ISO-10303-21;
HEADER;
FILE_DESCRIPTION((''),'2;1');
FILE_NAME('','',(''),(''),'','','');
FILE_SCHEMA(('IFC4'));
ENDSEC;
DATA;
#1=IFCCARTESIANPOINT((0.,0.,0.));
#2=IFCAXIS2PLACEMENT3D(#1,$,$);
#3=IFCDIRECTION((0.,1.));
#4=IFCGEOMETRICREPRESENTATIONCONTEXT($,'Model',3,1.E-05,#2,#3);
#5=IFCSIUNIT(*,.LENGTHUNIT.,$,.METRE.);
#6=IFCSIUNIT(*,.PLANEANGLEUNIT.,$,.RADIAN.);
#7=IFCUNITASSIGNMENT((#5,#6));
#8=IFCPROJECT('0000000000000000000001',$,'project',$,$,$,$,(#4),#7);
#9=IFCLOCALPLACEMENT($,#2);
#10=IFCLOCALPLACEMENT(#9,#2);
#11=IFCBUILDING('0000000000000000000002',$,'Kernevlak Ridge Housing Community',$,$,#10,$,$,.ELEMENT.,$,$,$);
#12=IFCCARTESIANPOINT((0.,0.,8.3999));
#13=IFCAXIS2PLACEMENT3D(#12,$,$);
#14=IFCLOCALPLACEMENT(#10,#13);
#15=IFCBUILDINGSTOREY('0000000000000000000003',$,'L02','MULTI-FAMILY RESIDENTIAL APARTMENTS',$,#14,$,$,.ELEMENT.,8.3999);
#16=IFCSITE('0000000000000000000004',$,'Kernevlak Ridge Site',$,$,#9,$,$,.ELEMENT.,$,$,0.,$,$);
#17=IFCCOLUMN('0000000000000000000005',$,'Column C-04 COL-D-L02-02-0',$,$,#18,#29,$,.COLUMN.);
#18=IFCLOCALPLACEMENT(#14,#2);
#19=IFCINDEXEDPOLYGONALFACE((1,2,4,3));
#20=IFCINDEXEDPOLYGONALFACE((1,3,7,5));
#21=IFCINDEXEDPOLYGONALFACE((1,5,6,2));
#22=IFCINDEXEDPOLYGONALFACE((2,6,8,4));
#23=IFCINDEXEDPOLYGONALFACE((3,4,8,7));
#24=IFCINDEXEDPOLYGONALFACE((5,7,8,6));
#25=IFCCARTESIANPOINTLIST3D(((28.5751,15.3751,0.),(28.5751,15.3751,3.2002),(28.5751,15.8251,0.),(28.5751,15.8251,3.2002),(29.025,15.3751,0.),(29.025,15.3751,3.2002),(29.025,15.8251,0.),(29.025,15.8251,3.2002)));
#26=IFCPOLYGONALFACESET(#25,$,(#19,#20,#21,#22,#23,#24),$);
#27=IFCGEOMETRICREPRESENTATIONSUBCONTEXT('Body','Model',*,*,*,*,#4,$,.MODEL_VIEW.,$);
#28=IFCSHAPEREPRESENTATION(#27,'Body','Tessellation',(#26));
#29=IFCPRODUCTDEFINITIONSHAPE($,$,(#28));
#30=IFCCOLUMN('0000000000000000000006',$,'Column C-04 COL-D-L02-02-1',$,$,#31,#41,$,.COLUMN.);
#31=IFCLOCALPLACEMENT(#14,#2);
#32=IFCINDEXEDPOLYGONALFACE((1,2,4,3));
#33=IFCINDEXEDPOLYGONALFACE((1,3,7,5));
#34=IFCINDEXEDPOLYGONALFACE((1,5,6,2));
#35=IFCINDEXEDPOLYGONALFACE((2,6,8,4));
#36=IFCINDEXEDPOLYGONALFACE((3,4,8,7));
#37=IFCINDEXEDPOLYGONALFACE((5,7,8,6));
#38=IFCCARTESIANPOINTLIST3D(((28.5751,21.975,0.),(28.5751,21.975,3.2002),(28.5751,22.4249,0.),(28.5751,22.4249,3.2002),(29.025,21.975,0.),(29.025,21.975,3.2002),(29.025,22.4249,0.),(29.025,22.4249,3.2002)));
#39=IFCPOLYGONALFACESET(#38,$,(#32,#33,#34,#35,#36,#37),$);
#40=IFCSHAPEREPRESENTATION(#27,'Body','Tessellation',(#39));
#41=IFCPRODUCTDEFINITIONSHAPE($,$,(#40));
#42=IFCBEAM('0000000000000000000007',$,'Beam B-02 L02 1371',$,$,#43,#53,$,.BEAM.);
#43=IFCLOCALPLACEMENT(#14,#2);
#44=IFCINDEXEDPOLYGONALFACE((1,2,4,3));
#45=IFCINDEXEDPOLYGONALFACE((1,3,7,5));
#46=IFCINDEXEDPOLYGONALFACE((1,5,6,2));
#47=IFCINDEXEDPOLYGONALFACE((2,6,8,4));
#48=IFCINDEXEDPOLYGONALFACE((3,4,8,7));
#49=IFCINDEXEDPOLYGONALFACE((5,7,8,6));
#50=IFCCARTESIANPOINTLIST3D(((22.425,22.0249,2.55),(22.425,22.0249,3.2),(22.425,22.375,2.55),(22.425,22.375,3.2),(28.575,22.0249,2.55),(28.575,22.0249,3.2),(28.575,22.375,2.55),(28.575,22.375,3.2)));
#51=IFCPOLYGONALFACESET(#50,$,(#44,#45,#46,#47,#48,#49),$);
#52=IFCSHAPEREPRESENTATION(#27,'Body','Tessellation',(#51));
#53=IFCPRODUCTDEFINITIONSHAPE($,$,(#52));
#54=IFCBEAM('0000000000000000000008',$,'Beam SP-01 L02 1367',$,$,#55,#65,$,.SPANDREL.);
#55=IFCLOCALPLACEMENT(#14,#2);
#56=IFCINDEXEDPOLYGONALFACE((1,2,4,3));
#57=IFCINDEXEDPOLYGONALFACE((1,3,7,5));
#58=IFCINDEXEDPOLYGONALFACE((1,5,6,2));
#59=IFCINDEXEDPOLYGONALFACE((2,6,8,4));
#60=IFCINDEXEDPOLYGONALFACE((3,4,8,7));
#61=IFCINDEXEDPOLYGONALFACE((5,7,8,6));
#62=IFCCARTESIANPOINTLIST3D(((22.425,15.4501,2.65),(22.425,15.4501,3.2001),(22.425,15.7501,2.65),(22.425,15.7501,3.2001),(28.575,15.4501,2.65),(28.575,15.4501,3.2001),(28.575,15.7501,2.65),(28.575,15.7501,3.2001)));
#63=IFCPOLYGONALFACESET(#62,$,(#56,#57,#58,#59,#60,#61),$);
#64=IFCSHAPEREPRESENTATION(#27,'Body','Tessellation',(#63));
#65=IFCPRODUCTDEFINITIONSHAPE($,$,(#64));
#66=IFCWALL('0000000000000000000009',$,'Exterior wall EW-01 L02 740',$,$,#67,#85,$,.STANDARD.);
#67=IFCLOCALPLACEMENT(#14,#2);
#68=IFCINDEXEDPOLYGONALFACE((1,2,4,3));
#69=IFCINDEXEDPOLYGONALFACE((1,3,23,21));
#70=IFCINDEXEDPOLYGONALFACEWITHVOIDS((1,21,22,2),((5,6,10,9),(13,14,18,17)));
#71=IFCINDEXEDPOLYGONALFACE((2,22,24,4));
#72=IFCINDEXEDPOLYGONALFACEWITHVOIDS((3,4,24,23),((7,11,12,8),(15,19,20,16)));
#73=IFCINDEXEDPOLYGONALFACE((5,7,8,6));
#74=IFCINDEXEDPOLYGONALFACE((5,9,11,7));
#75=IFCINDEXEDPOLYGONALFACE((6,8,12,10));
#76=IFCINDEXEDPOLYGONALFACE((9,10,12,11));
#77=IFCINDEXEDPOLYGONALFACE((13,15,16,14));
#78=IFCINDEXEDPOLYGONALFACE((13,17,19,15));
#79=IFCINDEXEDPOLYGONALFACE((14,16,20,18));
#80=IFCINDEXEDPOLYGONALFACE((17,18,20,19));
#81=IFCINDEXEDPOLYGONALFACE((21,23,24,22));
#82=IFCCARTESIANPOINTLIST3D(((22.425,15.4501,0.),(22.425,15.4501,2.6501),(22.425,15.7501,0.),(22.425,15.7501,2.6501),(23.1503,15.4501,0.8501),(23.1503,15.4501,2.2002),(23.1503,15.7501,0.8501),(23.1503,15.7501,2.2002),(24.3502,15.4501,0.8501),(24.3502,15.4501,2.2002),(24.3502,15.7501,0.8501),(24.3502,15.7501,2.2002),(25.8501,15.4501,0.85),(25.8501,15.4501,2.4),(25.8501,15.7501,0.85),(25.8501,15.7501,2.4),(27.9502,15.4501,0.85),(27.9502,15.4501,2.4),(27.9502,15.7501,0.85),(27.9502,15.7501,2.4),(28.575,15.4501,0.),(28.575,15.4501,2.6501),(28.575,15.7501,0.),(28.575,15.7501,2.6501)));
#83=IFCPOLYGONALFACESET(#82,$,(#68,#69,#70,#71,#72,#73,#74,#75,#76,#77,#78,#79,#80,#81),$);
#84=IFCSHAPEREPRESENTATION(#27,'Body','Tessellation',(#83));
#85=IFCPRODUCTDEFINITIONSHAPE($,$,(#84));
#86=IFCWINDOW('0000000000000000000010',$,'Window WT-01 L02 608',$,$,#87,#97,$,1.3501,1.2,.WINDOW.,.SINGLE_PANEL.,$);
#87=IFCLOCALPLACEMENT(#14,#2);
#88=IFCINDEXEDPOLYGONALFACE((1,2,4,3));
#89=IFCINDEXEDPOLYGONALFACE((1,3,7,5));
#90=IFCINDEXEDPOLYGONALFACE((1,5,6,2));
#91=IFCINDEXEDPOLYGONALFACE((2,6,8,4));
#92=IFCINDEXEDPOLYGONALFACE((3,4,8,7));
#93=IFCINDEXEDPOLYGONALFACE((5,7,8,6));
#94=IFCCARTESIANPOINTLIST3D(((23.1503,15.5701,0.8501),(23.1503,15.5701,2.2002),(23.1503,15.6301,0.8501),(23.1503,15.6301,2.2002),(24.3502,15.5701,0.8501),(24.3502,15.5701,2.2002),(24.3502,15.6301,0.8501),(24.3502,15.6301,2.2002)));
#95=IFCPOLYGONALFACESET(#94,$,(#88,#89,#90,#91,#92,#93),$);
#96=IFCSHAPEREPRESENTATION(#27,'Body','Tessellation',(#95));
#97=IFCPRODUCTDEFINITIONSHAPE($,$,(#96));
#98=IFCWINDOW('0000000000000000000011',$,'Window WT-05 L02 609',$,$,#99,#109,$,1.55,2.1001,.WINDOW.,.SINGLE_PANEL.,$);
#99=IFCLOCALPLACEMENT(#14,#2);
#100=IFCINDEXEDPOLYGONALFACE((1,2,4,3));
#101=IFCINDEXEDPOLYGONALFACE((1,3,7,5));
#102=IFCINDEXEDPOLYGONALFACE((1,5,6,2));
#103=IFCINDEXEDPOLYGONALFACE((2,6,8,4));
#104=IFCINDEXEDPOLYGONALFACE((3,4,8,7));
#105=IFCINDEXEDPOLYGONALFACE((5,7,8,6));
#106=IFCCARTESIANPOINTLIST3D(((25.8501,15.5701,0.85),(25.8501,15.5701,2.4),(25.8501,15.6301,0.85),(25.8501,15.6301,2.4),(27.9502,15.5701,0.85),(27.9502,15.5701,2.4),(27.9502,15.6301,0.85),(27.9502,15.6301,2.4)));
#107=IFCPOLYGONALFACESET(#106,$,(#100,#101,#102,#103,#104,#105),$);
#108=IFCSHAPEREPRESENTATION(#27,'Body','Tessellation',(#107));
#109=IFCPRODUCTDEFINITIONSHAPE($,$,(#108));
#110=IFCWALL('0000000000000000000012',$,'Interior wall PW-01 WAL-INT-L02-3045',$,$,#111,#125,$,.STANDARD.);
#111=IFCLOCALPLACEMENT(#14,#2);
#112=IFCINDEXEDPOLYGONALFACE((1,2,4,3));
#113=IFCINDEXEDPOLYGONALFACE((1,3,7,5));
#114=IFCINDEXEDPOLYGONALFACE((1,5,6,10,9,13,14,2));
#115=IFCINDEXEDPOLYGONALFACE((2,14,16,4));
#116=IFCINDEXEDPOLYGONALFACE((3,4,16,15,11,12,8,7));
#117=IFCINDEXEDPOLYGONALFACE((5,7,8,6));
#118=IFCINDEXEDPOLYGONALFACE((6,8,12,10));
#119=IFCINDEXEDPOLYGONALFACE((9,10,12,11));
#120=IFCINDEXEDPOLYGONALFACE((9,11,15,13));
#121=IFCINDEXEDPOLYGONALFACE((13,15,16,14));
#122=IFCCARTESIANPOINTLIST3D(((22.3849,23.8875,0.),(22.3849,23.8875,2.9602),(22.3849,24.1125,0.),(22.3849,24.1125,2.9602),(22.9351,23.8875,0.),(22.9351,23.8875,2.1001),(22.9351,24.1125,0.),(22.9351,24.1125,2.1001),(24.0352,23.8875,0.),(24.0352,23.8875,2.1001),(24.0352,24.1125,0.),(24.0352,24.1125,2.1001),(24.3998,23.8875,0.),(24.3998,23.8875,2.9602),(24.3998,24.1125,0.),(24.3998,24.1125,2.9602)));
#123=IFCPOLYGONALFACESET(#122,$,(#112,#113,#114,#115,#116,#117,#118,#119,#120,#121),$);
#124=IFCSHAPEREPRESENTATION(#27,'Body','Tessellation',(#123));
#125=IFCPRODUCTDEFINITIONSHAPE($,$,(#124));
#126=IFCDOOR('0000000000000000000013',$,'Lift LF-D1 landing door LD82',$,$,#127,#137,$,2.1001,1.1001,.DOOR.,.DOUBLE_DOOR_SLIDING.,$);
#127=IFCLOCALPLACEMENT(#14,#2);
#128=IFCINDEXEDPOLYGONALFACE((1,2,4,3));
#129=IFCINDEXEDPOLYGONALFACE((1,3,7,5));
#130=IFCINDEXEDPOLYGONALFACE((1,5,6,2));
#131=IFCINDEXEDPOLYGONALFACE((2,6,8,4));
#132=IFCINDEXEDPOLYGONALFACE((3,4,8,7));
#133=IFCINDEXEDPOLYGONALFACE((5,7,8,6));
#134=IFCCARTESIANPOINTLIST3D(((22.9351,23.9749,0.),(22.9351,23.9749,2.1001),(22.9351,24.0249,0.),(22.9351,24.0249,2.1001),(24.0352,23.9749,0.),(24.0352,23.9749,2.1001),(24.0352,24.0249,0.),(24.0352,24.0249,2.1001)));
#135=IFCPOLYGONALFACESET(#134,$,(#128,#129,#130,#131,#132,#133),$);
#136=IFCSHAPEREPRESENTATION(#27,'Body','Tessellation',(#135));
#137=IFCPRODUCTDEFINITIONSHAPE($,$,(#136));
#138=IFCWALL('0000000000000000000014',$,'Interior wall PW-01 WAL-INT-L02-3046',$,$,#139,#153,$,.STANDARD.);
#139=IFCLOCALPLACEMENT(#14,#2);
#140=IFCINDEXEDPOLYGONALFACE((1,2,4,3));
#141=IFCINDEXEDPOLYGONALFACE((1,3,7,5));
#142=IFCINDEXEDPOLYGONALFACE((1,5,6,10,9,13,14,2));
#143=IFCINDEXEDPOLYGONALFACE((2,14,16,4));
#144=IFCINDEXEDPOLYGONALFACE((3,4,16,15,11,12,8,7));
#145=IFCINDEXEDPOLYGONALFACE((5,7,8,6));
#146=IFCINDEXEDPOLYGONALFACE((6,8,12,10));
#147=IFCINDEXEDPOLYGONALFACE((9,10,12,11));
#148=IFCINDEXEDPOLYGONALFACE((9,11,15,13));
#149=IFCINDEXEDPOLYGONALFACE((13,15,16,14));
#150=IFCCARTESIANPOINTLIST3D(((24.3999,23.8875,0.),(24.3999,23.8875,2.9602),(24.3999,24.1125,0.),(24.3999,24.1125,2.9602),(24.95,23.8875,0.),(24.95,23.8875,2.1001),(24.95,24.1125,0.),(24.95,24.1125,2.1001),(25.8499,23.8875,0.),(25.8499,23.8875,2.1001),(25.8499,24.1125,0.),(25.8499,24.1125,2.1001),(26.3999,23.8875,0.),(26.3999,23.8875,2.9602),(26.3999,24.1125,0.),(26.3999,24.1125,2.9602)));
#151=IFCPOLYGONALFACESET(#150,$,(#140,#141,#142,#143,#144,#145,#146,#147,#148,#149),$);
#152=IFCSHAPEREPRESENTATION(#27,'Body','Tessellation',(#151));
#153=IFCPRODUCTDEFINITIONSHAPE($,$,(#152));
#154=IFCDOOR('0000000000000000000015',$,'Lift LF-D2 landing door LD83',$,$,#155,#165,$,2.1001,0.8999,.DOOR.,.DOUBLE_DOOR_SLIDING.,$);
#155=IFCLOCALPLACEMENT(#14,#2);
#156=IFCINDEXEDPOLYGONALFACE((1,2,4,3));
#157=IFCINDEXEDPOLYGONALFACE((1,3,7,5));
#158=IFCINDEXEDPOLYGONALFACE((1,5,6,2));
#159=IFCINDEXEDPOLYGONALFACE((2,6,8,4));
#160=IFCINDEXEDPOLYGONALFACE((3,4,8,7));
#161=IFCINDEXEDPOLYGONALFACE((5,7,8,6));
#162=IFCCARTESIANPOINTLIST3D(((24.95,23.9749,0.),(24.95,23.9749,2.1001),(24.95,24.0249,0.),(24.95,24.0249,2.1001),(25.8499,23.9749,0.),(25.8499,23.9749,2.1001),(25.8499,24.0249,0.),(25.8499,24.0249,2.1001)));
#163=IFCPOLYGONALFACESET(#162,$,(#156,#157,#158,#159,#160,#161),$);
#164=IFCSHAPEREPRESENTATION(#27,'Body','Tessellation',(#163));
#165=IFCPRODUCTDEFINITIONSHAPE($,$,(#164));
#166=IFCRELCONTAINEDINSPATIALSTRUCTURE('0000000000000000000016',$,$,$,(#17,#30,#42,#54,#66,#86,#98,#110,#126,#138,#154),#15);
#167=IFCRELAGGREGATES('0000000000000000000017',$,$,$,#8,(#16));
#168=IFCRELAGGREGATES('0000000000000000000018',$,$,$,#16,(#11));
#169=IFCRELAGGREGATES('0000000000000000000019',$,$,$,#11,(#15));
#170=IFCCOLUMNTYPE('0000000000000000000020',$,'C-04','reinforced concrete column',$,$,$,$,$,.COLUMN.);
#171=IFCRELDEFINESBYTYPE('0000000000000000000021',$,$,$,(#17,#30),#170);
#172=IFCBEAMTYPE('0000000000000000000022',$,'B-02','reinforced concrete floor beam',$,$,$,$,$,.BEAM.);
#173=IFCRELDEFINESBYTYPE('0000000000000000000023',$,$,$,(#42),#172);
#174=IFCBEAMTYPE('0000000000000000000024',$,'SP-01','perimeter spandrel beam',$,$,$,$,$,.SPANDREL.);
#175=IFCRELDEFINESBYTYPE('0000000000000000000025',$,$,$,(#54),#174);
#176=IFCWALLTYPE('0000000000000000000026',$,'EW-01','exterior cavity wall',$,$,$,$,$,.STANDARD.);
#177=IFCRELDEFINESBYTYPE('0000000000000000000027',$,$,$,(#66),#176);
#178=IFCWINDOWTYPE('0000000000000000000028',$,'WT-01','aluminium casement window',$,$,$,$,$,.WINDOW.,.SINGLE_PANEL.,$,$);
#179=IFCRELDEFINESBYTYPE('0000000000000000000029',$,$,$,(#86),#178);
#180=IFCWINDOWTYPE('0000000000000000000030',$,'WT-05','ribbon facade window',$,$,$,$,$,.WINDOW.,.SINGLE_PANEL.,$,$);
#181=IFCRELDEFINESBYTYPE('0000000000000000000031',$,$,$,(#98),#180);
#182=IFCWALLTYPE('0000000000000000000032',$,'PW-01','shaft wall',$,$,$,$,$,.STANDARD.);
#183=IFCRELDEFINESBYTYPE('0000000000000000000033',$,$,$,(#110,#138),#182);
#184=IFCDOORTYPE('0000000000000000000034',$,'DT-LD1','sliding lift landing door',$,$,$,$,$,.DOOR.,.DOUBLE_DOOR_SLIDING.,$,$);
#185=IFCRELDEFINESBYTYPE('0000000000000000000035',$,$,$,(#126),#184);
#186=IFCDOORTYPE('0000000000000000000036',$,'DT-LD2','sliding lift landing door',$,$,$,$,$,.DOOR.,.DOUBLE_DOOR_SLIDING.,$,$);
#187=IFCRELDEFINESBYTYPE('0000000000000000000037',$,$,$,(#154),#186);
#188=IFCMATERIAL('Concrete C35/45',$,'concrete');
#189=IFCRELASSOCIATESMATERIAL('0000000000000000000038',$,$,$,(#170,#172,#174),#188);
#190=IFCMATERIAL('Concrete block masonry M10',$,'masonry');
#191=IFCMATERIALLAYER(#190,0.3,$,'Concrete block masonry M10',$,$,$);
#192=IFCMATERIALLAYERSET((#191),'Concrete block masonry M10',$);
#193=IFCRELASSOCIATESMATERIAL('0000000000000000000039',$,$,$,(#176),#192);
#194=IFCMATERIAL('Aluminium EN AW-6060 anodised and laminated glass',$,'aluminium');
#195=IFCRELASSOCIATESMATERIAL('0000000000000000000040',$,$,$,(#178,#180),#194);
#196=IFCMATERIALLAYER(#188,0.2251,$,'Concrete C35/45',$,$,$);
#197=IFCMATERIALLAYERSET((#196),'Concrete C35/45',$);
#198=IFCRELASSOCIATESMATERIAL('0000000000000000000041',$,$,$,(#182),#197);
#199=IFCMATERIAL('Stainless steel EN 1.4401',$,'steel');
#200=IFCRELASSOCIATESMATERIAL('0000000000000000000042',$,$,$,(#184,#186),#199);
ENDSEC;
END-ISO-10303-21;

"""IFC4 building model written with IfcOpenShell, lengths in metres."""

from ifc_helpers import new_model, si_unit, direction, frame, frame_2d, origin, origin_2d, place, context, subcontext, project, spatial, rectangle, extrude, material, layer, layer_set, material_profile, profile_set, type_object, element, fill, save


model = new_model("IFC4")

# Units and contexts
model_context = context("Model", 3, precision=1e-05, world=origin(), true_north=direction((0.0, 1.0)))
body_context = subcontext(model_context, "Body", "Model", "MODEL_VIEW")
ifc_project = project(units=[si_unit("LENGTHUNIT", "METRE"), si_unit("PLANEANGLEUNIT", "RADIAN")], contexts=[model_context])

# Site, building, storey
site_placement = place(None, origin())
site = spatial("IfcSite", under=ifc_project, at=site_placement, Name="Kernevlak Ridge Site", CompositionType="ELEMENT", RefElevation=0.0)
building_placement = place(site_placement, origin())
building = spatial("IfcBuilding", under=site, at=building_placement, Name="Kernevlak Ridge Housing Community", CompositionType="ELEMENT")
storey_placement = place(building_placement, frame((0.0, 0.0, 8.3999)))
storey = spatial("IfcBuildingStorey", under=building, at=storey_placement, Name="L02", Description="MULTI-FAMILY RESIDENTIAL APARTMENTS", CompositionType="ELEMENT", Elevation=8.3999)

# Columns
ifc_material_1 = material(Name="Concrete C35/45", Category="concrete")
ifc_material_profile_1 = material_profile(ifc_material_1, rectangle(XDim=0.45, YDim=0.45, at=origin_2d()), Name="RC 450x450")
ifc_profile_set_1 = profile_set([ifc_material_profile_1], Name="Concrete C35/45")
column_type = type_object("IfcColumnType", Name="C-04", Description="reinforced concrete column", PredefinedType="COLUMN", material=ifc_profile_set_1)
for number, where, z_axis, x_axis, name in (
    (1, (28.8, 15.6001, 0.0), (0.0, 0.0, 1.0), (1.0, 0.0, 0.0), "Column C-04 COL-D-L02-02-0"),
    (2, (28.8, 22.2, 0.0), (0.0, 0.0, 1.0), (1.0, 0.0, 0.0), "Column C-04 COL-D-L02-02-1"),
):
    element("IfcColumn", number, at=place(storey_placement, frame(where, z_axis=z_axis, x_axis=x_axis)), inside=storey, type_object=column_type, Name=name, PredefinedType="COLUMN", context=body_context, shape_type="SweptSolid", body=[
        extrude(rectangle(XDim=0.45, YDim=0.45, at=origin_2d()), origin(), (0.0, 0.0, 1.0), 3.2002),
    ])

# Beams
ifc_material_profile_2 = material_profile(ifc_material_1, rectangle(XDim=0.3501, YDim=0.6499, at=origin_2d()), Name="RC 350x650")
ifc_profile_set_2 = profile_set([ifc_material_profile_2], Name="Concrete C35/45")
beam_type_1 = type_object("IfcBeamType", Name="B-02", Description="reinforced concrete floor beam", PredefinedType="BEAM", material=ifc_profile_set_2)
beam_1_placement = place(storey_placement, frame((22.425, 22.2, 2.875), z_axis=(1.0, 0.0, 0.0), x_axis=(0.0, 1.0, 0.0)))
element("IfcBeam", 3, at=beam_1_placement, inside=storey, type_object=beam_type_1, Name="Beam B-02 L02 1371", PredefinedType="BEAM", context=body_context, shape_type="SweptSolid", body=[
    extrude(rectangle(XDim=0.3501, YDim=0.6499, at=origin_2d()), origin(), (0.0, 0.0, 1.0), 6.1499),
])
ifc_material_profile_3 = material_profile(ifc_material_1, rectangle(XDim=0.3, YDim=0.55, at=origin_2d()), Name="RC 300x550")
ifc_profile_set_3 = profile_set([ifc_material_profile_3], Name="Concrete C35/45")
beam_type_2 = type_object("IfcBeamType", Name="SP-01", Description="perimeter spandrel beam", PredefinedType="SPANDREL", material=ifc_profile_set_3)
beam_2_placement = place(storey_placement, frame((22.425, 15.6001, 2.925), z_axis=(1.0, 0.0, 0.0), x_axis=(0.0, 1.0, 0.0)))
element("IfcBeam", 4, at=beam_2_placement, inside=storey, type_object=beam_type_2, Name="Beam SP-01 L02 1367", PredefinedType="SPANDREL", context=body_context, shape_type="SweptSolid", body=[
    extrude(rectangle(XDim=0.3, YDim=0.55, at=origin_2d()), origin(), (0.0, 0.0, 1.0), 6.1499),
])

# Wall, openings, windows
ifc_material_2 = material(Name="Concrete block masonry M10", Category="masonry")
ifc_layer_1 = layer(ifc_material_2, 0.3, Name="Concrete block masonry M10")
ifc_layer_set_1 = layer_set([ifc_layer_1], Name="Concrete block masonry M10")
wall_type_1 = type_object("IfcWallType", Name="EW-01", Description="exterior cavity wall", PredefinedType="STANDARD", material=ifc_layer_set_1)
wall_1_placement = place(storey_placement, frame((22.425, 15.6001, 0.0), z_axis=(0.0, 0.0, 1.0), x_axis=(1.0, 0.0, 0.0)))
wall_1 = element("IfcWall", 5, at=wall_1_placement, inside=storey, type_object=wall_type_1, Name="Exterior wall EW-01 L02 740", PredefinedType="STANDARD", context=body_context, shape_type="SweptSolid", body=[
    extrude(rectangle(XDim=6.1499, YDim=0.3, at=frame_2d((3.075, 0.0))), origin(), (0.0, 0.0, 1.0), 2.6501),
])
opening_1_placement = place(wall_1_placement, frame((0.7251, 0.0, 0.8501)))
opening_1 = element("IfcOpeningElement", 6, at=opening_1_placement, cuts=wall_1, PredefinedType="OPENING", context=body_context, shape_type="SweptSolid", body=[
    extrude(rectangle(XDim=1.2, YDim=1.3501, at=frame_2d((0.6001, 0.675))), frame((0.0, 0.1599, 0.0), z_axis=(0.0, -1.0, 0.0), x_axis=(1.0, 0.0, 0.0)), (0.0, 0.0, 1.0), 0.3201),
])
opening_2_placement = place(wall_1_placement, frame((3.425, 0.0, 0.8501)))
opening_2 = element("IfcOpeningElement", 7, at=opening_2_placement, cuts=wall_1, PredefinedType="OPENING", context=body_context, shape_type="SweptSolid", body=[
    extrude(rectangle(XDim=2.1001, YDim=1.55, at=frame_2d((1.05, 0.7749))), frame((0.0, 0.1599, 0.0), z_axis=(0.0, -1.0, 0.0), x_axis=(1.0, 0.0, 0.0)), (0.0, 0.0, 1.0), 0.3201),
])
ifc_material_3 = material(Name="Aluminium EN AW-6060 anodised and laminated glass", Category="aluminium")
window_type_1 = type_object("IfcWindowType", Name="WT-01", Description="aluminium casement window", PartitioningType="SINGLE_PANEL", PredefinedType="WINDOW", material=ifc_material_3)
window_1_placement = place(opening_1_placement, origin())
window_1 = element("IfcWindow", 8, at=window_1_placement, inside=storey, type_object=window_type_1, Name="Window WT-01 L02 608", OverallHeight=1.3501, OverallWidth=1.2, PartitioningType="SINGLE_PANEL", PredefinedType="WINDOW", context=body_context, shape_type="SweptSolid", body=[
    extrude(rectangle(XDim=1.2, YDim=1.3501, at=frame_2d((0.6001, 0.675))), frame((0.0, 0.03, 0.0), z_axis=(0.0, -1.0, 0.0), x_axis=(1.0, 0.0, 0.0)), (0.0, 0.0, 1.0), 0.0601),
])
fill(opening_1, window_1)
window_type_2 = type_object("IfcWindowType", Name="WT-05", Description="ribbon facade window", PartitioningType="SINGLE_PANEL", PredefinedType="WINDOW", material=ifc_material_3)
window_2_placement = place(opening_2_placement, origin())
window_2 = element("IfcWindow", 9, at=window_2_placement, inside=storey, type_object=window_type_2, Name="Window WT-05 L02 609", OverallHeight=1.55, OverallWidth=2.1001, PartitioningType="SINGLE_PANEL", PredefinedType="WINDOW", context=body_context, shape_type="SweptSolid", body=[
    extrude(rectangle(XDim=2.1001, YDim=1.55, at=frame_2d((1.05, 0.7749))), frame((0.0, 0.03, 0.0), z_axis=(0.0, -1.0, 0.0), x_axis=(1.0, 0.0, 0.0)), (0.0, 0.0, 1.0), 0.0601),
])
fill(opening_2, window_2)

# Walls, openings, doors
ifc_layer_2 = layer(ifc_material_1, 0.2251, Name="Concrete C35/45")
ifc_layer_set_2 = layer_set([ifc_layer_2], Name="Concrete C35/45")
wall_type_2 = type_object("IfcWallType", Name="PW-01", Description="shaft wall", PredefinedType="STANDARD", material=ifc_layer_set_2)
wall_2_placement = place(storey_placement, frame((22.385, 24.0, 0.0), z_axis=(0.0, 0.0, 1.0), x_axis=(1.0, 0.0, 0.0)))
wall_2 = element("IfcWall", 10, at=wall_2_placement, inside=storey, type_object=wall_type_2, Name="Interior wall PW-01 WAL-INT-L02-3045", PredefinedType="STANDARD", context=body_context, shape_type="SweptSolid", body=[
    extrude(rectangle(XDim=2.0149, YDim=0.2251, at=frame_2d((1.0073, 0.0))), origin(), (0.0, 0.0, 1.0), 2.9602),
])
opening_3_placement = place(wall_2_placement, frame((0.55, 0.0, 0.0)))
opening_3 = element("IfcOpeningElement", 11, at=opening_3_placement, cuts=wall_2, PredefinedType="OPENING", context=body_context, shape_type="SweptSolid", body=[
    extrude(rectangle(XDim=1.1001, YDim=2.1001, at=frame_2d((0.55, 1.05))), frame((0.0, 0.1226, 0.0), z_axis=(0.0, -1.0, 0.0), x_axis=(1.0, 0.0, 0.0)), (0.0, 0.0, 1.0), 0.2451),
])
ifc_material_4 = material(Name="Stainless steel EN 1.4401", Category="steel")
door_type_1 = type_object("IfcDoorType", Name="DT-LD1", Description="sliding lift landing door", OperationType="DOUBLE_DOOR_SLIDING", PredefinedType="DOOR", material=ifc_material_4)
door_1_placement = place(opening_3_placement, origin())
door_1 = element("IfcDoor", 12, at=door_1_placement, inside=storey, type_object=door_type_1, Name="Lift LF-D1 landing door LD82", OperationType="DOUBLE_DOOR_SLIDING", OverallHeight=2.1001, OverallWidth=1.1001, PredefinedType="DOOR", context=body_context, shape_type="SweptSolid", body=[
    extrude(rectangle(XDim=1.1001, YDim=2.1001, at=frame_2d((0.55, 1.05))), frame((0.0, 0.0249, 0.0), z_axis=(0.0, -1.0, 0.0), x_axis=(1.0, 0.0, 0.0)), (0.0, 0.0, 1.0), 0.05),
])
fill(opening_3, door_1)
wall_3_placement = place(storey_placement, frame((24.3999, 24.0, 0.0), z_axis=(0.0, 0.0, 1.0), x_axis=(1.0, 0.0, 0.0)))
wall_3 = element("IfcWall", 13, at=wall_3_placement, inside=storey, type_object=wall_type_2, Name="Interior wall PW-01 WAL-INT-L02-3046", PredefinedType="STANDARD", context=body_context, shape_type="SweptSolid", body=[
    extrude(rectangle(XDim=2.0, YDim=0.2251, at=frame_2d((1.0, 0.0))), origin(), (0.0, 0.0, 1.0), 2.9602),
])
opening_4_placement = place(wall_3_placement, frame((0.55, 0.0, 0.0)))
opening_4 = element("IfcOpeningElement", 14, at=opening_4_placement, cuts=wall_3, PredefinedType="OPENING", context=body_context, shape_type="SweptSolid", body=[
    extrude(rectangle(XDim=0.8999, YDim=2.1001, at=frame_2d((0.45, 1.05))), frame((0.0, 0.1226, 0.0), z_axis=(0.0, -1.0, 0.0), x_axis=(1.0, 0.0, 0.0)), (0.0, 0.0, 1.0), 0.2451),
])
door_type_2 = type_object("IfcDoorType", Name="DT-LD2", Description="sliding lift landing door", OperationType="DOUBLE_DOOR_SLIDING", PredefinedType="DOOR", material=ifc_material_4)
door_2_placement = place(opening_4_placement, origin())
door_2 = element("IfcDoor", 15, at=door_2_placement, inside=storey, type_object=door_type_2, Name="Lift LF-D2 landing door LD83", OperationType="DOUBLE_DOOR_SLIDING", OverallHeight=2.1001, OverallWidth=0.8999, PredefinedType="DOOR", context=body_context, shape_type="SweptSolid", body=[
    extrude(rectangle(XDim=0.8999, YDim=2.1001, at=frame_2d((0.45, 1.05))), frame((0.0, 0.0249, 0.0), z_axis=(0.0, -1.0, 0.0), x_axis=(1.0, 0.0, 0.0)), (0.0, 0.0, 1.0), 0.05),
])
fill(opening_4, door_2)

save(model, "model.ifc")
